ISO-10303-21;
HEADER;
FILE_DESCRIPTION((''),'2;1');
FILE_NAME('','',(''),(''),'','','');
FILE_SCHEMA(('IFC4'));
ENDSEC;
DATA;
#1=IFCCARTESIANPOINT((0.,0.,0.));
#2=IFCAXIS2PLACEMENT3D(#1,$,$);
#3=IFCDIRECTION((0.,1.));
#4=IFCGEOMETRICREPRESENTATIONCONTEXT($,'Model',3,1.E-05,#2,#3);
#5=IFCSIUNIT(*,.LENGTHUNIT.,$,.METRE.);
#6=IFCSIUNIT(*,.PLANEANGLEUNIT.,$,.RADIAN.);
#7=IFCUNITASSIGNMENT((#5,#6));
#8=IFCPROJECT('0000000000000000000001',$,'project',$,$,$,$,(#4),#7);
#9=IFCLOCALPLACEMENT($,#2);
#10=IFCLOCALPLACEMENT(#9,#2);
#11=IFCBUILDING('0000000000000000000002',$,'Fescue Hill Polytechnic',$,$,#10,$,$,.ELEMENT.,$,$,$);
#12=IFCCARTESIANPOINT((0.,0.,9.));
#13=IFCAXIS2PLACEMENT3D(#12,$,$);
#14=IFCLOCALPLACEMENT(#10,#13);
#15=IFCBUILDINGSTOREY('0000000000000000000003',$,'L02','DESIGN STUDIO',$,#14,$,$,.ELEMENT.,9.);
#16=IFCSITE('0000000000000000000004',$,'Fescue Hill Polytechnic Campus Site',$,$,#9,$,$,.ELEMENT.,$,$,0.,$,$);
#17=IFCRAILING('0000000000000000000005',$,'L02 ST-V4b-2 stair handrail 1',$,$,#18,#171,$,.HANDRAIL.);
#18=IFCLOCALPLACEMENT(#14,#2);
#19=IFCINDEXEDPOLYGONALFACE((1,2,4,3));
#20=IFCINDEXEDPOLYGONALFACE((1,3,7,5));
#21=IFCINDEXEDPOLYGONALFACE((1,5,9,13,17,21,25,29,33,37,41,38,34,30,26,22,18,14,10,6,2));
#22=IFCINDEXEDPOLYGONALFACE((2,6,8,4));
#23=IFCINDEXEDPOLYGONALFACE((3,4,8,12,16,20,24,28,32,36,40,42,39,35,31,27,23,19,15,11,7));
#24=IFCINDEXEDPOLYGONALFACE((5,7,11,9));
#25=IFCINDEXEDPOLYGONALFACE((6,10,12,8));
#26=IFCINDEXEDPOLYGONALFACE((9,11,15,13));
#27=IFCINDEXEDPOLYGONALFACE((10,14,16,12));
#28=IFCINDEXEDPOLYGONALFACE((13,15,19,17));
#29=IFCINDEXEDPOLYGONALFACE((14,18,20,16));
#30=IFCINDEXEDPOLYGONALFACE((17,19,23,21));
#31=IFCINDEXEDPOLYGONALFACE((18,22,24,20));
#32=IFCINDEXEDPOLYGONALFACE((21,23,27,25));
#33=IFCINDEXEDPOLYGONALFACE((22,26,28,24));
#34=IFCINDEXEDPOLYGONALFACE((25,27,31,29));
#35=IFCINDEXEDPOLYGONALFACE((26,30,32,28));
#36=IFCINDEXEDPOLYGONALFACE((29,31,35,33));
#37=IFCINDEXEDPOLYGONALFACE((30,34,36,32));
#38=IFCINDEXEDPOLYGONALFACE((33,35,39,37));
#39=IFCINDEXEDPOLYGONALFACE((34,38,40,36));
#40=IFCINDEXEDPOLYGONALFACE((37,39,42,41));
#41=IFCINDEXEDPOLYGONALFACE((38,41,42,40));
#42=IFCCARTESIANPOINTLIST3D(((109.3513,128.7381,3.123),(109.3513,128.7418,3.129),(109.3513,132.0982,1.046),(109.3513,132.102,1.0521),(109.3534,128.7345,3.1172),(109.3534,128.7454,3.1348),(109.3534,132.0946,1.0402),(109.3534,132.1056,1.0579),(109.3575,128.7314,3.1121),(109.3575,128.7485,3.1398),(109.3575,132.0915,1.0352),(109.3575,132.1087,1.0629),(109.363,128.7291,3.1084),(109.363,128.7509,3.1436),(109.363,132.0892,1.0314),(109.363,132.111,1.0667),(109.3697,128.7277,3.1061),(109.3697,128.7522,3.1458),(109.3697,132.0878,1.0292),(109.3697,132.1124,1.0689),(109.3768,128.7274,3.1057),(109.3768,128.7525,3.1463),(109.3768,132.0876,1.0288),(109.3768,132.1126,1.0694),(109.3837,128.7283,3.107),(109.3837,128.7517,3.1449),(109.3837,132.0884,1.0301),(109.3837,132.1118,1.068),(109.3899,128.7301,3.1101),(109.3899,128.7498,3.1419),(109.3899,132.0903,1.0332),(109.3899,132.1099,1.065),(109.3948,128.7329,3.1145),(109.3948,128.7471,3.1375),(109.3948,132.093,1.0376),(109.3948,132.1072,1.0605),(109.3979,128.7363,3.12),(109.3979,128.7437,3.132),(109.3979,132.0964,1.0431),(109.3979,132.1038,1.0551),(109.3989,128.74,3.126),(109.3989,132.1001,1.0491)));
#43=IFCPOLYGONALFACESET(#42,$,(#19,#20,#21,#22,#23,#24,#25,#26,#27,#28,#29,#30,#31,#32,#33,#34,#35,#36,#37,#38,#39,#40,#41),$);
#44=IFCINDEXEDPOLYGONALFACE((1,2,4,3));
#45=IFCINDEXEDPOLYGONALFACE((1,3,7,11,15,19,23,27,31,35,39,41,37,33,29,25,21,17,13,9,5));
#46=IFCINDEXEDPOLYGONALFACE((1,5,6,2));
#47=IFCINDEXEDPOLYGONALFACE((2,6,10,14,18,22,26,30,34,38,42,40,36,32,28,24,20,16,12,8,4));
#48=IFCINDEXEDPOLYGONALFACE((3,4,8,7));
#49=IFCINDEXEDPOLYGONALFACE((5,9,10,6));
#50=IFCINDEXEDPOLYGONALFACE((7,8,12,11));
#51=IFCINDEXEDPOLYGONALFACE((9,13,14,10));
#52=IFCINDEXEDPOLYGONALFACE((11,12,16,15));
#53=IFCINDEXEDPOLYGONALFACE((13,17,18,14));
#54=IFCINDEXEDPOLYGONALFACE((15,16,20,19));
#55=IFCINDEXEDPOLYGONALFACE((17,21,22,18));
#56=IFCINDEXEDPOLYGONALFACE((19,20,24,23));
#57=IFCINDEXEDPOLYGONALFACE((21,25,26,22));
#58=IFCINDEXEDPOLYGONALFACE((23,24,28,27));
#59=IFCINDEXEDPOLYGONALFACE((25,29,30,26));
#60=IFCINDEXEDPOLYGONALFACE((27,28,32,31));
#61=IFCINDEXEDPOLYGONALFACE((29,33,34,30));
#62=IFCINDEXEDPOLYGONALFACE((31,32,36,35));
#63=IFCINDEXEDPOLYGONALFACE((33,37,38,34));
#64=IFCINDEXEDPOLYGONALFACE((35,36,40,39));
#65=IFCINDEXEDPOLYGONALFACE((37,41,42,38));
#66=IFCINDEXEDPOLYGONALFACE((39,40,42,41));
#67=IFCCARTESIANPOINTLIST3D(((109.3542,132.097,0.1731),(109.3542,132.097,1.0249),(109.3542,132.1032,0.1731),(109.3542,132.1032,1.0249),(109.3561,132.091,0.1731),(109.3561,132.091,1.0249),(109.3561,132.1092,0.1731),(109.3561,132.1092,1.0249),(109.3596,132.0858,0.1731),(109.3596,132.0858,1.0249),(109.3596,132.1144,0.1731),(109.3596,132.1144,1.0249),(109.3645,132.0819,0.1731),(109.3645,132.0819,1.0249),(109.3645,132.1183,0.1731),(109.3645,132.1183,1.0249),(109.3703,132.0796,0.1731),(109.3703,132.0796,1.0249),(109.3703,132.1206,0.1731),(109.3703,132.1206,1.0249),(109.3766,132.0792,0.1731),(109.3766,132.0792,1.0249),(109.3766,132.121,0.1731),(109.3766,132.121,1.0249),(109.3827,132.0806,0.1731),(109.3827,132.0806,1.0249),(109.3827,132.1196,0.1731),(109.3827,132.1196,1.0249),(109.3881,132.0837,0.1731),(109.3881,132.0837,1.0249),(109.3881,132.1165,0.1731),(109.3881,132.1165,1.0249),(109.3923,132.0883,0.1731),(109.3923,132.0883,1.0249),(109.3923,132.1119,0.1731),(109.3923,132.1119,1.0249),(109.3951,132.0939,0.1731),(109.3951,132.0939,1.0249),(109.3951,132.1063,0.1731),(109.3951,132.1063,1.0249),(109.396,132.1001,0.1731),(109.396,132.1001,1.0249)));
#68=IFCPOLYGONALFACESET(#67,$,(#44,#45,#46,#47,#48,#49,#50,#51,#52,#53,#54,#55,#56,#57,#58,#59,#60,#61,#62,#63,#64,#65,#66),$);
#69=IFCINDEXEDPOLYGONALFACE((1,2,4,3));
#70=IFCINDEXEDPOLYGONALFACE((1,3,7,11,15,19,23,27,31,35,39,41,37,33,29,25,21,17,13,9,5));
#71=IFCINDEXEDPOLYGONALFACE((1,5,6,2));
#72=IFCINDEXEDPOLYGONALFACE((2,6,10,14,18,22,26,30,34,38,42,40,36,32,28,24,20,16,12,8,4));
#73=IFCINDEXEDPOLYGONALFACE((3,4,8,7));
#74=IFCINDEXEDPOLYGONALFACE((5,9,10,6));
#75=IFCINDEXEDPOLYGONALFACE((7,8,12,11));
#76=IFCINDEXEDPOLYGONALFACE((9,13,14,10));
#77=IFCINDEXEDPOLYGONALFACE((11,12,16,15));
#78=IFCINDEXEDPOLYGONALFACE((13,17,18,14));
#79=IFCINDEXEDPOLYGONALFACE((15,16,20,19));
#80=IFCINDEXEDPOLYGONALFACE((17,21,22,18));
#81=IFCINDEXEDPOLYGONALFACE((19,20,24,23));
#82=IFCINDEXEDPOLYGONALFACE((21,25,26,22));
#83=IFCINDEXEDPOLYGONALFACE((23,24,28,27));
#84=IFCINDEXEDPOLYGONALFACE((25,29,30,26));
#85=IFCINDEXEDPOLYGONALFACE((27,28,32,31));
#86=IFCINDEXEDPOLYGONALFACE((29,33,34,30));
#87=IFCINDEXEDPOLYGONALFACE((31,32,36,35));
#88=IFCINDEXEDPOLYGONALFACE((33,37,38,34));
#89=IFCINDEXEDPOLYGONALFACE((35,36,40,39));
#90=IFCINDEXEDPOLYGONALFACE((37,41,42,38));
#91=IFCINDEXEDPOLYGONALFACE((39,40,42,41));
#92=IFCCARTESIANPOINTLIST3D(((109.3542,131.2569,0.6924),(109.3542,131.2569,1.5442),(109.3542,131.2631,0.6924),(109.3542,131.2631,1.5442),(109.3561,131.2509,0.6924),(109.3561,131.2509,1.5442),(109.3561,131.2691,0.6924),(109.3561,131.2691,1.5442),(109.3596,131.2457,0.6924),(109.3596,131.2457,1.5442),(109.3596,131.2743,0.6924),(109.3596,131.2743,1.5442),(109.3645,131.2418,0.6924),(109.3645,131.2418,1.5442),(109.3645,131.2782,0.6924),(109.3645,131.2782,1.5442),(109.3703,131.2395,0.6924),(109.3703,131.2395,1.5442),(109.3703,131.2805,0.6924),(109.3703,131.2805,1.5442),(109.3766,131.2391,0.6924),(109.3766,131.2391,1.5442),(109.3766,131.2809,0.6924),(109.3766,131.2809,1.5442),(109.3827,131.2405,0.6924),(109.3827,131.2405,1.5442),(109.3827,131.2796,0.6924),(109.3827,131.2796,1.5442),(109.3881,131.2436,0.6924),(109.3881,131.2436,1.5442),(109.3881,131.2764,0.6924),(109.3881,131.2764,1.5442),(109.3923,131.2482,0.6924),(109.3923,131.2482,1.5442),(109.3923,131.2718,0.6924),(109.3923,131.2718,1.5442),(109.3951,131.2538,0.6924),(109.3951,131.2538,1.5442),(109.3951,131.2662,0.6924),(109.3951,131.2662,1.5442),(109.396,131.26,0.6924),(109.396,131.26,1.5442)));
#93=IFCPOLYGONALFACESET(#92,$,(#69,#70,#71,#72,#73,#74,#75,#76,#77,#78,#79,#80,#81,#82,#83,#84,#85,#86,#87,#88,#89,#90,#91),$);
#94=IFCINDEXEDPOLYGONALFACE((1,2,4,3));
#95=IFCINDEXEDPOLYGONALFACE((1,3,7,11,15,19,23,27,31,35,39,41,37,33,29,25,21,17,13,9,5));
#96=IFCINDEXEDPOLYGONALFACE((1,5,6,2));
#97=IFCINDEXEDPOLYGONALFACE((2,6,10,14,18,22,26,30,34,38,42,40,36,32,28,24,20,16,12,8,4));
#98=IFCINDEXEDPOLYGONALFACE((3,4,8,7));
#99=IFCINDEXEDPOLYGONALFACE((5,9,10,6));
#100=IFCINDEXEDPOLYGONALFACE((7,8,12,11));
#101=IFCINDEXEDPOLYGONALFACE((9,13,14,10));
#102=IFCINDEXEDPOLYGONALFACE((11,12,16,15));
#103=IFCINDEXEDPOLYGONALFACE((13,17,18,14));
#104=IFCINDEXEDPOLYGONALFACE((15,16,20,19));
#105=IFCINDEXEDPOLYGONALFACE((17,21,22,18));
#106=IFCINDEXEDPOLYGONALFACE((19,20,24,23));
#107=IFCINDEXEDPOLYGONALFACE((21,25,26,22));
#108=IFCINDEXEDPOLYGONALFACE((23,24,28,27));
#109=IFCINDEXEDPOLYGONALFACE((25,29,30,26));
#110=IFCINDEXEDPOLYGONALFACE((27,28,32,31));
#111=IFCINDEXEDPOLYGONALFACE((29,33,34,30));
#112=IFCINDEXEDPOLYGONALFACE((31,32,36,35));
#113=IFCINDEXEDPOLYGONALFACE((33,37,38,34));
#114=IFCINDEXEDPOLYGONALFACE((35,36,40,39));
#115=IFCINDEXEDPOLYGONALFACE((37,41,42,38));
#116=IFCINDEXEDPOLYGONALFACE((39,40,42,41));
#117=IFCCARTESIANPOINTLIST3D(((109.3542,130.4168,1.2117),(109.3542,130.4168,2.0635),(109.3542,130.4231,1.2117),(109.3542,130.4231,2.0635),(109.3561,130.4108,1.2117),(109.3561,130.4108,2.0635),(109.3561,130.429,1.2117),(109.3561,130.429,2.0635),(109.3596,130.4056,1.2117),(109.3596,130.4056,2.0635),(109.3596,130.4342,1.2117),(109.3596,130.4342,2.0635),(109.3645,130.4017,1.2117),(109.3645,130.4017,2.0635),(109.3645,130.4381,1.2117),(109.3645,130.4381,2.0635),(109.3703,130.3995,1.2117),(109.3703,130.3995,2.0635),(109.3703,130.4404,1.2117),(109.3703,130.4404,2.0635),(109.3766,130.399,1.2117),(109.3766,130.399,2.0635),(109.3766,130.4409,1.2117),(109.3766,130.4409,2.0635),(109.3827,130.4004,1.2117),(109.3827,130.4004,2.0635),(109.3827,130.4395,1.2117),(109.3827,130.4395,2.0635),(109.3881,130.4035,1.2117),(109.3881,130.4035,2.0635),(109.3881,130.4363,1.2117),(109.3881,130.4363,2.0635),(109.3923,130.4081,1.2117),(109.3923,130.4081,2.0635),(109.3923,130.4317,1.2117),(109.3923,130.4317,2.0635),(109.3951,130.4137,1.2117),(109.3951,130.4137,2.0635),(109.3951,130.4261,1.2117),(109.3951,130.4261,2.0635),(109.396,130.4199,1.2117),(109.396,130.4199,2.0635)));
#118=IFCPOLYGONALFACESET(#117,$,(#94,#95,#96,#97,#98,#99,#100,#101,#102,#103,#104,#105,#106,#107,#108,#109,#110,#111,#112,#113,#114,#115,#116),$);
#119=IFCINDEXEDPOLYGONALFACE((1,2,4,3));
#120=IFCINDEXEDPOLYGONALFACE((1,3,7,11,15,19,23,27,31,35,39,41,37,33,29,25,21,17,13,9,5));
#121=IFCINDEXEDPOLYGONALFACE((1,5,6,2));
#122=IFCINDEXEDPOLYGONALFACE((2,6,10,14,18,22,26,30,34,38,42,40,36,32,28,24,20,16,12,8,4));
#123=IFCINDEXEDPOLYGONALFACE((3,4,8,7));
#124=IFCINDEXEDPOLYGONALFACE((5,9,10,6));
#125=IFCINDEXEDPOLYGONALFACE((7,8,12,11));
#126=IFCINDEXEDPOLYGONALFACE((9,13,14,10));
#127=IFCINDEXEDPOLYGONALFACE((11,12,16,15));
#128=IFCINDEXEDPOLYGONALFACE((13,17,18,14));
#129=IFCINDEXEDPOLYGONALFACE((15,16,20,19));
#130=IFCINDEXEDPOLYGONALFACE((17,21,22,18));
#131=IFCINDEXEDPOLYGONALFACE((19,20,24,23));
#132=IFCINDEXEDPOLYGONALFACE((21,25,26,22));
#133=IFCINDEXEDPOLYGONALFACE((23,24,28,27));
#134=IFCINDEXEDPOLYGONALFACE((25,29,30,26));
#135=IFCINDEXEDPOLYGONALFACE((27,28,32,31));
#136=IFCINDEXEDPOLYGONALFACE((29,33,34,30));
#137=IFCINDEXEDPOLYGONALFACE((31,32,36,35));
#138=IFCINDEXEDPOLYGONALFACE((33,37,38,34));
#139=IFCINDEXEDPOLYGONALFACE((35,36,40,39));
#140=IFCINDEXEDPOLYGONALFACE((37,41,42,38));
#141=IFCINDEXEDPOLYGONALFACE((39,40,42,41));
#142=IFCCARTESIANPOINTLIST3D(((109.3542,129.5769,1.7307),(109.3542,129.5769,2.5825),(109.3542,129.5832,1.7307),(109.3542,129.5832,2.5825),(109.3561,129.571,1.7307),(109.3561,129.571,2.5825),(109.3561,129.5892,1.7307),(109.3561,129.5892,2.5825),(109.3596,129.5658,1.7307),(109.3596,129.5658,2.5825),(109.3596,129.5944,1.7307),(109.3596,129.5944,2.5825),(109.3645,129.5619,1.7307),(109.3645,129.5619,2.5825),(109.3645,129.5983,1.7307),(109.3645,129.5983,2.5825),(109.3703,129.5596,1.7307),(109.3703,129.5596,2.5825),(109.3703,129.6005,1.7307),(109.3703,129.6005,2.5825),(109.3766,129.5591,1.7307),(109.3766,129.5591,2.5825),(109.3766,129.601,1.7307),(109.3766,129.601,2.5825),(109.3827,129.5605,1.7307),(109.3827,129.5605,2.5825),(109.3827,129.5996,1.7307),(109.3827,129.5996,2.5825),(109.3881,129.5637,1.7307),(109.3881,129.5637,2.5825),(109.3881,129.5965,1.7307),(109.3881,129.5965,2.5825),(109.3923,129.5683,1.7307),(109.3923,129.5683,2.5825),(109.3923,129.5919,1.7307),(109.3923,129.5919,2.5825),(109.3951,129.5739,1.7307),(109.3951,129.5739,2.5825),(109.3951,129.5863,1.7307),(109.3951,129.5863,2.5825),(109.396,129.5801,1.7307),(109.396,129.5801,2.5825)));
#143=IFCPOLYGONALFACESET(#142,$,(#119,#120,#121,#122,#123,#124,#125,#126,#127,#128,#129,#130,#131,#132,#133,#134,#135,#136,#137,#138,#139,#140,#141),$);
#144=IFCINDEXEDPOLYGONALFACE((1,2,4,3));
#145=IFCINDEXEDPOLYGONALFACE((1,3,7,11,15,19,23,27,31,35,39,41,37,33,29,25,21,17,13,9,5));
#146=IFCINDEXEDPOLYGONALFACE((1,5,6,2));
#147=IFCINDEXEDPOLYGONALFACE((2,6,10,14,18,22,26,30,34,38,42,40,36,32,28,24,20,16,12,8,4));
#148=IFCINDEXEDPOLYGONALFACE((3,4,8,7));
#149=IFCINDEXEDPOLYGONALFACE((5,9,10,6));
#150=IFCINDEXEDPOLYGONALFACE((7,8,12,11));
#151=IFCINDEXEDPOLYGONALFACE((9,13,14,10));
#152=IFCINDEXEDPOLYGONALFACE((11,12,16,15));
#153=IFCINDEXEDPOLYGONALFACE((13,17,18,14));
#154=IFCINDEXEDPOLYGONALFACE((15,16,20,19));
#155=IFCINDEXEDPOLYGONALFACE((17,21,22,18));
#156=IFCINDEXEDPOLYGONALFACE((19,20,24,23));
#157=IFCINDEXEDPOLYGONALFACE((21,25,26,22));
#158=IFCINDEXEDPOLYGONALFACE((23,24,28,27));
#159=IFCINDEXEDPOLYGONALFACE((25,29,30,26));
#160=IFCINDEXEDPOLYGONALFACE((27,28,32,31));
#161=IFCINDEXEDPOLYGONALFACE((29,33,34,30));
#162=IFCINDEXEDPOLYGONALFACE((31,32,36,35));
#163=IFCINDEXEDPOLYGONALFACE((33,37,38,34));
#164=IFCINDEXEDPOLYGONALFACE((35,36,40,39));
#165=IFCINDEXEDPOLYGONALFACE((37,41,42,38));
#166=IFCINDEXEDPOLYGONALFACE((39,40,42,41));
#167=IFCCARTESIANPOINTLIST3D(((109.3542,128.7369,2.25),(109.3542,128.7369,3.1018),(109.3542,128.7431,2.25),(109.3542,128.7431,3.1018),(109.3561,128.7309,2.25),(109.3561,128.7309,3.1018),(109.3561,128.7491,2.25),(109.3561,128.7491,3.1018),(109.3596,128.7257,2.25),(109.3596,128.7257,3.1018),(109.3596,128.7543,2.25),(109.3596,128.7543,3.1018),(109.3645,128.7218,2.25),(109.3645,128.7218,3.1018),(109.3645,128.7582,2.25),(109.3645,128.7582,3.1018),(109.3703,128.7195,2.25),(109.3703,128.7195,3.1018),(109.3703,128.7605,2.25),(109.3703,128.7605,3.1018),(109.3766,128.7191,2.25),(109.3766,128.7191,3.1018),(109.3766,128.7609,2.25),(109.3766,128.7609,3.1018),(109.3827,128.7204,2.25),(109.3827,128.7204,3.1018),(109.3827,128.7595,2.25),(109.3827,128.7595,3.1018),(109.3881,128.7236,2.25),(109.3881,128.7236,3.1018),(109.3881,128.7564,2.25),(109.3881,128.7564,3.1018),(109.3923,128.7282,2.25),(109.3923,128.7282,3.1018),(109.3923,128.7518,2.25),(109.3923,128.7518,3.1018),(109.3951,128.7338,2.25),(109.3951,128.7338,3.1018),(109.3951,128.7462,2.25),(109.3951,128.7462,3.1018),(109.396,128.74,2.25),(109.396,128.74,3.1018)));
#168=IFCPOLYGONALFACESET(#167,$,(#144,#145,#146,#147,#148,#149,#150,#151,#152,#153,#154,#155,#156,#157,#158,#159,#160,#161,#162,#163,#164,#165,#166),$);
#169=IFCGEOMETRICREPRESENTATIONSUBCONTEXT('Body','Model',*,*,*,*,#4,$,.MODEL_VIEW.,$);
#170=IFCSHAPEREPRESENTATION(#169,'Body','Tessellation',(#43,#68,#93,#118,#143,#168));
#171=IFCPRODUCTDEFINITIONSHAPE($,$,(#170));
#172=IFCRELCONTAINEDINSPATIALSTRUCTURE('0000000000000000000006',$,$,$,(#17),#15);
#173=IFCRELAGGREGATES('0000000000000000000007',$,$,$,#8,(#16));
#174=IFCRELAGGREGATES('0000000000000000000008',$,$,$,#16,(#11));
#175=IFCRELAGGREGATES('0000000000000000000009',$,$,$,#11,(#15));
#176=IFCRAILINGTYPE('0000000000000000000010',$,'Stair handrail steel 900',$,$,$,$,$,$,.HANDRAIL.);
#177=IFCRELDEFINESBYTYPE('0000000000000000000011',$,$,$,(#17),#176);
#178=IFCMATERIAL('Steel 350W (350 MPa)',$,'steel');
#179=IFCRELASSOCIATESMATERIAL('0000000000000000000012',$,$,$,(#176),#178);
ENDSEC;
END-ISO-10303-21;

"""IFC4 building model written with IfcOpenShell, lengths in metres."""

from ifc_helpers import new_model, si_unit, direction, frame, origin, origin_2d, place, context, subcontext, project, spatial, circle, extrude, material, type_object, element, save


model = new_model("IFC4")

# Units and contexts
model_context = context("Model", 3, precision=1e-05, world=origin(), true_north=direction((0.0, 1.0)))
body_context = subcontext(model_context, "Body", "Model", "MODEL_VIEW")
ifc_project = project(units=[si_unit("LENGTHUNIT", "METRE"), si_unit("PLANEANGLEUNIT", "RADIAN")], contexts=[model_context])

# Site, building, storey
site_placement = place(None, origin())
site = spatial("IfcSite", under=ifc_project, at=site_placement, Name="Fescue Hill Polytechnic Campus Site", CompositionType="ELEMENT", RefElevation=0.0)
building_placement = place(site_placement, origin())
building = spatial("IfcBuilding", under=site, at=building_placement, Name="Fescue Hill Polytechnic", CompositionType="ELEMENT")
storey_placement = place(building_placement, frame((0.0, 0.0, 9.0)))
storey = spatial("IfcBuildingStorey", under=building, at=storey_placement, Name="L02", Description="DESIGN STUDIO", CompositionType="ELEMENT", Elevation=9.0)

# Railing
ifc_material_1 = material(Name="Steel 350W (350 MPa)", Category="steel")
railing_type_1 = type_object("IfcRailingType", Name="Stair handrail steel 900", PredefinedType="HANDRAIL", material=ifc_material_1)
for number, where, name in (
    (1, (109.375, 132.1001, 0.1731), "L02 ST-V4b-2 stair handrail 1"),
):
    element("IfcRailing", number, at=place(storey_placement, frame(where)), inside=storey, type_object=railing_type_1, Name=name, PredefinedType="HANDRAIL", context=body_context, shape_type="SweptSolid", body=[
        extrude(circle(Radius=0.0239, at=origin_2d()), frame((0.0, 0.0, 0.876), z_axis=(0.0, -0.850623, 0.525776), x_axis=(1.0, 0.0, 0.0)), (0.0, 0.0, 1.0), 3.9502),
        extrude(circle(Radius=0.021, at=origin_2d()), origin(), (0.0, 0.0, 1.0), 0.8518),
        extrude(circle(Radius=0.021, at=origin_2d()), frame((0.0, -0.8401, 0.5193)), (0.0, 0.0, 1.0), 0.8518),
        extrude(circle(Radius=0.021, at=origin_2d()), frame((0.0, -1.6802, 1.0386)), (0.0, 0.0, 1.0), 0.8518),
        extrude(circle(Radius=0.021, at=origin_2d()), frame((0.0, -2.52, 1.5576)), (0.0, 0.0, 1.0), 0.8518),
        extrude(circle(Radius=0.021, at=origin_2d()), frame((0.0, -3.3601, 2.0769)), (0.0, 0.0, 1.0), 0.8518),
    ])

save(model, "model.ifc")
